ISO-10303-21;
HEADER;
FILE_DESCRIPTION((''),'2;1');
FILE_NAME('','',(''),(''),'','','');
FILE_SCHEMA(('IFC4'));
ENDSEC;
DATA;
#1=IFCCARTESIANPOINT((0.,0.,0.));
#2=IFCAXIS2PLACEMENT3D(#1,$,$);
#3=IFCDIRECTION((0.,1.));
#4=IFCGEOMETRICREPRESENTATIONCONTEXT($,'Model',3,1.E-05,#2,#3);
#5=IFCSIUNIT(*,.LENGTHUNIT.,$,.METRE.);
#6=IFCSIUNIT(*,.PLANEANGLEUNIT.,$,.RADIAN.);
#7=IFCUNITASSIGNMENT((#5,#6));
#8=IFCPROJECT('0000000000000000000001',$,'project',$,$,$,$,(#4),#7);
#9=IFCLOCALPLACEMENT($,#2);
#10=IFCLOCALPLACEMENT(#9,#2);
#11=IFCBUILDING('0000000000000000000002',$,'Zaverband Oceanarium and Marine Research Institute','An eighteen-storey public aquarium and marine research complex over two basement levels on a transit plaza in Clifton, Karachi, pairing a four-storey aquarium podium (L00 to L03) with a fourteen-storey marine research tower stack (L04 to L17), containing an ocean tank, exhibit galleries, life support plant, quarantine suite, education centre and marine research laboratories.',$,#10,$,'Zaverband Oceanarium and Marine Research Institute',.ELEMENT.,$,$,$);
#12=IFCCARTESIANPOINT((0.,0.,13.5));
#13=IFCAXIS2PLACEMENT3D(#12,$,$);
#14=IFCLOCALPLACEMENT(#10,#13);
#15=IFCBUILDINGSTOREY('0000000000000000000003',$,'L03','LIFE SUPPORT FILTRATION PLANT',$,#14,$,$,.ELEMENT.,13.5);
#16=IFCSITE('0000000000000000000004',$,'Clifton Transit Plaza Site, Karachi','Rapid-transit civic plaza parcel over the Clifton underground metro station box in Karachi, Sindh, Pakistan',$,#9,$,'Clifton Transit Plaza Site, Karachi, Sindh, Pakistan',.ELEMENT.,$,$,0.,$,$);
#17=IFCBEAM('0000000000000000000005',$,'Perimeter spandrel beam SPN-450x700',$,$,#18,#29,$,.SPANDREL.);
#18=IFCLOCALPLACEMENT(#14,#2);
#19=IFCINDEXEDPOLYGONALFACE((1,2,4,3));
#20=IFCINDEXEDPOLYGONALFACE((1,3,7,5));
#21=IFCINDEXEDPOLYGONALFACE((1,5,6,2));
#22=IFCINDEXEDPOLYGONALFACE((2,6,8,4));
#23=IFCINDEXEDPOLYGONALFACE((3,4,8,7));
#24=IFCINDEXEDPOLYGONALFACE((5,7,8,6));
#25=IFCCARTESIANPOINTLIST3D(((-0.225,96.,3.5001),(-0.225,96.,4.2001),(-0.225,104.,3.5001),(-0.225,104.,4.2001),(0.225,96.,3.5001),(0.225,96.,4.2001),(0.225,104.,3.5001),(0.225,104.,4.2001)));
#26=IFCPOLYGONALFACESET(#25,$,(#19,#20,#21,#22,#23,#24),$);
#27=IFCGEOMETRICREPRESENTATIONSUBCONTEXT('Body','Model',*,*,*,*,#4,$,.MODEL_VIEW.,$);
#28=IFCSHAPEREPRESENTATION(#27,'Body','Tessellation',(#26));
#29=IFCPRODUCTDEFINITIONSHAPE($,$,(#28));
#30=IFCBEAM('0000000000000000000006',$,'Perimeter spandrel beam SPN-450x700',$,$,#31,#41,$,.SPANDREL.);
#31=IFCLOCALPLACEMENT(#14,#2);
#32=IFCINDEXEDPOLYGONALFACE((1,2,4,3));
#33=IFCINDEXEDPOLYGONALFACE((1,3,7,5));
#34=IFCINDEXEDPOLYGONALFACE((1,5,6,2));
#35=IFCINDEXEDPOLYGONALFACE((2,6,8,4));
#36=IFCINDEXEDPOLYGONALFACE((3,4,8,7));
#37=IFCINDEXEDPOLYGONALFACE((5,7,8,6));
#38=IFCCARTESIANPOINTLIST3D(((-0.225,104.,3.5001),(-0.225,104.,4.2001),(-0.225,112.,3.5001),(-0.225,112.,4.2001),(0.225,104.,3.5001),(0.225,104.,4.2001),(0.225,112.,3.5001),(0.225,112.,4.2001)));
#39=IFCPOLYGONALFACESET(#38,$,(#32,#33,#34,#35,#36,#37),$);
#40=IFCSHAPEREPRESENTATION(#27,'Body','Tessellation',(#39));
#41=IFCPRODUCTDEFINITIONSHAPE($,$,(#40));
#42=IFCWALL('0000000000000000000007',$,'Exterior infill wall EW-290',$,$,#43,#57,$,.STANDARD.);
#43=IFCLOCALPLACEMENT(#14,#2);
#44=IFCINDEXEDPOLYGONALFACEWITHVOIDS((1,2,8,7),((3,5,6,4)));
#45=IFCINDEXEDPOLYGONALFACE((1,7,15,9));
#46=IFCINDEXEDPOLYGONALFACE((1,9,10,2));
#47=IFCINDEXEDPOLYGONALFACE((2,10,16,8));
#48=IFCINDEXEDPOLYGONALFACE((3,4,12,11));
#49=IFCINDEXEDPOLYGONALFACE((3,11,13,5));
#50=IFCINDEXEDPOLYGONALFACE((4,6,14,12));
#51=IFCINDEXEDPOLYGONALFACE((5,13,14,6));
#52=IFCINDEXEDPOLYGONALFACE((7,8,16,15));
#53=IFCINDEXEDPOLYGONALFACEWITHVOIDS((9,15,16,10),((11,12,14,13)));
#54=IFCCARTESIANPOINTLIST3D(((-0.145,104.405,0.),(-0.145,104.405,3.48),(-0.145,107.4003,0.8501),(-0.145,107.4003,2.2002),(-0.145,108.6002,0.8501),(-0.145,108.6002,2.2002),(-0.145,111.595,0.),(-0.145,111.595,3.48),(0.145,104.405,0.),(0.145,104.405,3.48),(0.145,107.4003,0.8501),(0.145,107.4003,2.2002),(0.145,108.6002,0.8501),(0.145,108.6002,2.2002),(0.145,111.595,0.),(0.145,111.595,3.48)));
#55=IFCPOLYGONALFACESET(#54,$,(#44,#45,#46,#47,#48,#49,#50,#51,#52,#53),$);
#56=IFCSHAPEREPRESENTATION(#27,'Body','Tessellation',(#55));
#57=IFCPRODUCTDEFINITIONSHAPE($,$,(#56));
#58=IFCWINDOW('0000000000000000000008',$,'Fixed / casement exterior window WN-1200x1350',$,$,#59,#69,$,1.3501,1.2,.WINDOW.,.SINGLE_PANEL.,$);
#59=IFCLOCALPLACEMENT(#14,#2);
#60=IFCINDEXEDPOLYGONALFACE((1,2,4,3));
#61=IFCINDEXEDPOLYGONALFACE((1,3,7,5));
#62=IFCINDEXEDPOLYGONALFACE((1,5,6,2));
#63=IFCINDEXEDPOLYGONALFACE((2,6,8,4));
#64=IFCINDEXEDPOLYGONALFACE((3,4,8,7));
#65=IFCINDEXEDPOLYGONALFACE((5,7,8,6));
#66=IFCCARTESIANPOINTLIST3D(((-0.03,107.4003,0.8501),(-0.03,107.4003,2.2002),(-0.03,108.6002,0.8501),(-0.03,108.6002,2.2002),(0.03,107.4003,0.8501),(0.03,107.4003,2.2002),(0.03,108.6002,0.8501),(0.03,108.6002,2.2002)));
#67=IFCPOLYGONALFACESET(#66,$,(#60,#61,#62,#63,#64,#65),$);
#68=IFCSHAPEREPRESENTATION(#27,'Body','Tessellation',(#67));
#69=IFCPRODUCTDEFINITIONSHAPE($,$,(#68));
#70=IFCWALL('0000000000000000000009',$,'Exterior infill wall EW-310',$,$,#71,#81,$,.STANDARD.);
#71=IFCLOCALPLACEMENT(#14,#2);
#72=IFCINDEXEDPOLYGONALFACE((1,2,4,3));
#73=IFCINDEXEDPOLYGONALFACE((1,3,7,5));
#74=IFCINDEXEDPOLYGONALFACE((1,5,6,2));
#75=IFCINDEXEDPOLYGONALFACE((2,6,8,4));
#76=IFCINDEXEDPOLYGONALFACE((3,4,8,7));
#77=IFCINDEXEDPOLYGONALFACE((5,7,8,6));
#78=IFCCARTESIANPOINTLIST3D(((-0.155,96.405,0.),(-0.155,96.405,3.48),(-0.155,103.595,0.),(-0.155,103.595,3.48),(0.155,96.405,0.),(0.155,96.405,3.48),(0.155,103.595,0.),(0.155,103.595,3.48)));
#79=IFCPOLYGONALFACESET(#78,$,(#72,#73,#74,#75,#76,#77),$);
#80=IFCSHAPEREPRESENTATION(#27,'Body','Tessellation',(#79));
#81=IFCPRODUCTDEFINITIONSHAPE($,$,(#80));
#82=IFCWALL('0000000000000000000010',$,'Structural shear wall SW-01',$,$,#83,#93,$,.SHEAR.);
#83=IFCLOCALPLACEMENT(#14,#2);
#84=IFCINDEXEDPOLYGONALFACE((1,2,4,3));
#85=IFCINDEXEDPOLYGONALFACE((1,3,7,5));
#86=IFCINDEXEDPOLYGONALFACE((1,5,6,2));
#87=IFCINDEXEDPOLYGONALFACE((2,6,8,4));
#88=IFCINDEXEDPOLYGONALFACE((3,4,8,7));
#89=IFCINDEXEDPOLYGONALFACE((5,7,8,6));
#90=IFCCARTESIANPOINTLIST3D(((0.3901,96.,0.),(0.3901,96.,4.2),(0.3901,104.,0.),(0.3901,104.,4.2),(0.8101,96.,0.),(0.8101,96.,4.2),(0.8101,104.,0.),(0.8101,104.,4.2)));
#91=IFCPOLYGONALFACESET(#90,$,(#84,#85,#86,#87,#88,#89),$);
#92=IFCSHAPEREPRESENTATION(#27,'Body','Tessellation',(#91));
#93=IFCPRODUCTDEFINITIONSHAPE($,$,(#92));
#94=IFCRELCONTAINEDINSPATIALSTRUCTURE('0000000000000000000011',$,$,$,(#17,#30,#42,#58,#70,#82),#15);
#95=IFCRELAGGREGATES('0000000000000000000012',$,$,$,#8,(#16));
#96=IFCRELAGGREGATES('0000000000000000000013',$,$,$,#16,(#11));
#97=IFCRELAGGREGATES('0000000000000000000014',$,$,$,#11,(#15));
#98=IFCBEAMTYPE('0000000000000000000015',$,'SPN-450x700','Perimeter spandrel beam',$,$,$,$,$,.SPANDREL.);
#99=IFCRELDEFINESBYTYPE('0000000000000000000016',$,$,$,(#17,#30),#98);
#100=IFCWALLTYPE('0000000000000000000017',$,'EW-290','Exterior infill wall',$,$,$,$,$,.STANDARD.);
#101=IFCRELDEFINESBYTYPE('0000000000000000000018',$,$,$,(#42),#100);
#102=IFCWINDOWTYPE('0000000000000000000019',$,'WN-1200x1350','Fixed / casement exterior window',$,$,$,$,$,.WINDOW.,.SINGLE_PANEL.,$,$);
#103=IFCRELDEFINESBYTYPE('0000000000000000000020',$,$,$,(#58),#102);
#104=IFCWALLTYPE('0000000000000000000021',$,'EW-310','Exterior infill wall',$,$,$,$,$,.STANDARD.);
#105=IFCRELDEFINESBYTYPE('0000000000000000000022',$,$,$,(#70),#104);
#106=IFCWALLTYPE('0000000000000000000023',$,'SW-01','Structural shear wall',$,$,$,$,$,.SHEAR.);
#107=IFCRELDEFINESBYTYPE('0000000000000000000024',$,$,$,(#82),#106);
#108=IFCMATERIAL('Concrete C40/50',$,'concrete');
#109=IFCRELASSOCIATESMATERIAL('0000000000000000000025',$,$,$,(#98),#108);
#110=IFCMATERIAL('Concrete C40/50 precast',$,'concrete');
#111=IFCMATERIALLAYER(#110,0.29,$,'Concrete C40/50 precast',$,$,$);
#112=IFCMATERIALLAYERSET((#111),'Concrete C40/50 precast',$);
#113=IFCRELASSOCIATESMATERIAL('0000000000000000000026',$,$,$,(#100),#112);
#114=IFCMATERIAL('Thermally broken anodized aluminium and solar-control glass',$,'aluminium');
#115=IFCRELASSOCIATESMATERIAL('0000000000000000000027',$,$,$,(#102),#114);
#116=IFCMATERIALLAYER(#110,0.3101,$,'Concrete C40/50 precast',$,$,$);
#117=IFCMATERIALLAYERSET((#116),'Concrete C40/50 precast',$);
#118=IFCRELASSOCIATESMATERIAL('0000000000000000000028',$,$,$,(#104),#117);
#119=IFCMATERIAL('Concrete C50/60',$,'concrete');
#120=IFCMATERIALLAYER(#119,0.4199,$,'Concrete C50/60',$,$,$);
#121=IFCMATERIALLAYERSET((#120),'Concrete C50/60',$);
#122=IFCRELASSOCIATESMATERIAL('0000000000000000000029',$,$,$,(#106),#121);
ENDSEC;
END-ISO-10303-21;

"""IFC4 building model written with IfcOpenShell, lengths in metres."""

from ifc_helpers import new_model, si_unit, direction, frame, frame_2d, origin, origin_2d, place, context, subcontext, project, spatial, rectangle, extrude, material, layer, layer_set, material_profile, profile_set, type_object, element, fill, save


model = new_model("IFC4")

# Units and contexts
model_context = context("Model", 3, precision=1e-05, world=origin(), true_north=direction((0.0, 1.0)))
body_context = subcontext(model_context, "Body", "Model", "MODEL_VIEW")
ifc_project = project(units=[si_unit("LENGTHUNIT", "METRE"), si_unit("PLANEANGLEUNIT", "RADIAN")], contexts=[model_context])

# Site, building, storey
site_placement = place(None, origin())
site = spatial("IfcSite", under=ifc_project, at=site_placement, Name="Clifton Transit Plaza Site, Karachi", Description="Rapid-transit civic plaza parcel over the Clifton underground metro station box in Karachi, Sindh, Pakistan", LongName="Clifton Transit Plaza Site, Karachi, Sindh, Pakistan", CompositionType="ELEMENT", RefElevation=0.0)
building_placement = place(site_placement, origin())
building = spatial("IfcBuilding", under=site, at=building_placement, Name="Zaverband Oceanarium and Marine Research Institute", Description="An eighteen-storey public aquarium and marine research complex over two basement levels on a transit plaza in Clifton, Karachi, pairing a four-storey aquarium podium (L00 to L03) with a fourteen-storey marine research tower stack (L04 to L17), containing an ocean tank, exhibit galleries, life support plant, quarantine suite, education centre and marine research laboratories.", LongName="Zaverband Oceanarium and Marine Research Institute", CompositionType="ELEMENT")
storey_placement = place(building_placement, frame((0.0, 0.0, 13.5)))
storey = spatial("IfcBuildingStorey", under=building, at=storey_placement, Name="L03", Description="LIFE SUPPORT FILTRATION PLANT", CompositionType="ELEMENT", Elevation=13.5)

# Shared definitions
ifc_material_1 = material(Name="Concrete C50/60", Category="concrete")

# Beams
ifc_material_2 = material(Name="Concrete C40/50", Category="concrete")
ifc_material_profile_1 = material_profile(ifc_material_2, rectangle(XDim=0.45, YDim=0.7, at=origin_2d()), Name="RC450x700")
ifc_profile_set_1 = profile_set([ifc_material_profile_1], Name="Concrete C40/50")
beam_type_1 = type_object("IfcBeamType", Name="SPN-450x700", Description="Perimeter spandrel beam", PredefinedType="SPANDREL", material=ifc_profile_set_1)
for number, where, z_axis, x_axis, name in (
    (1, (0.0, 96.0, 3.8501), (0.0, 1.0, 0.0), (-1.0, 0.0, 0.0), "Perimeter spandrel beam SPN-450x700"),
    (2, (0.0, 104.0, 3.8501), (0.0, 1.0, 0.0), (-1.0, 0.0, 0.0), "Perimeter spandrel beam SPN-450x700"),
):
    element("IfcBeam", number, at=place(storey_placement, frame(where, z_axis=z_axis, x_axis=x_axis)), inside=storey, type_object=beam_type_1, Name=name, PredefinedType="SPANDREL", context=body_context, shape_type="SweptSolid", body=[
        extrude(rectangle(XDim=0.45, YDim=0.7, at=origin_2d()), origin(), (0.0, 0.0, 1.0), 8.0),
    ])

# Wall, opening, window
ifc_material_3 = material(Name="Concrete C40/50 precast", Category="concrete")
ifc_layer_1 = layer(ifc_material_3, 0.29, Name="Concrete C40/50 precast")
ifc_layer_set_1 = layer_set([ifc_layer_1], Name="Concrete C40/50 precast")
wall_type_1 = type_object("IfcWallType", Name="EW-290", Description="Exterior infill wall", PredefinedType="STANDARD", material=ifc_layer_set_1)
wall_1_placement = place(storey_placement, frame((0.0, 104.405, 0.0), z_axis=(0.0, 0.0, 1.0), x_axis=(0.0, 1.0, 0.0)))
wall_1 = element("IfcWall", 3, at=wall_1_placement, inside=storey, type_object=wall_type_1, Name="Exterior infill wall EW-290", PredefinedType="STANDARD", context=body_context, shape_type="SweptSolid", body=[
    extrude(rectangle(XDim=7.1899, YDim=0.29, at=frame_2d((3.595, 0.0))), origin(), (0.0, 0.0, 1.0), 3.48),
])
opening_placement = place(wall_1_placement, frame((2.9951, 0.0, 0.8501)))
opening = element("IfcOpeningElement", 4, at=opening_placement, cuts=wall_1, PredefinedType="OPENING", context=body_context, shape_type="SweptSolid", body=[
    extrude(rectangle(XDim=1.2, YDim=1.3501, at=frame_2d((0.6001, 0.675))), frame((0.0, 0.157, 0.0), z_axis=(0.0, -1.0, 0.0), x_axis=(1.0, 0.0, 0.0)), (0.0, 0.0, 1.0), 0.314),
])
ifc_material_4 = material(Name="Thermally broken anodized aluminium and solar-control glass", Category="aluminium")
window_type = type_object("IfcWindowType", Name="WN-1200x1350", Description="Fixed / casement exterior window", PartitioningType="SINGLE_PANEL", PredefinedType="WINDOW", material=ifc_material_4)
window_placement = place(opening_placement, origin())
window = element("IfcWindow", 5, at=window_placement, inside=storey, type_object=window_type, Name="Fixed / casement exterior window WN-1200x1350", OverallHeight=1.3501, OverallWidth=1.2, PartitioningType="SINGLE_PANEL", PredefinedType="WINDOW", context=body_context, shape_type="SweptSolid", body=[
    extrude(rectangle(XDim=1.2, YDim=1.3501, at=frame_2d((0.6001, 0.675))), frame((0.0, 0.03, 0.0), z_axis=(0.0, -1.0, 0.0), x_axis=(1.0, 0.0, 0.0)), (0.0, 0.0, 1.0), 0.0601),
])
fill(opening, window)

# Walls
ifc_layer_2 = layer(ifc_material_3, 0.3101, Name="Concrete C40/50 precast")
ifc_layer_set_2 = layer_set([ifc_layer_2], Name="Concrete C40/50 precast")
wall_type_2 = type_object("IfcWallType", Name="EW-310", Description="Exterior infill wall", PredefinedType="STANDARD", material=ifc_layer_set_2)
wall_2_placement = place(storey_placement, frame((0.0, 96.405, 0.0), z_axis=(0.0, 0.0, 1.0), x_axis=(0.0, 1.0, 0.0)))
element("IfcWall", 6, at=wall_2_placement, inside=storey, type_object=wall_type_2, Name="Exterior infill wall EW-310", PredefinedType="STANDARD", context=body_context, shape_type="SweptSolid", body=[
    extrude(rectangle(XDim=7.1899, YDim=0.3101, at=frame_2d((3.595, 0.0))), origin(), (0.0, 0.0, 1.0), 3.48),
])
ifc_layer_3 = layer(ifc_material_1, 0.4199, Name="Concrete C50/60")
ifc_layer_set_3 = layer_set([ifc_layer_3], Name="Concrete C50/60")
wall_type_3 = type_object("IfcWallType", Name="SW-01", Description="Structural shear wall", PredefinedType="SHEAR", material=ifc_layer_set_3)
wall_3_placement = place(storey_placement, frame((0.6001, 96.0, 0.0), z_axis=(0.0, 0.0, 1.0), x_axis=(0.0, 1.0, 0.0)))
element("IfcWall", 7, at=wall_3_placement, inside=storey, type_object=wall_type_3, Name="Structural shear wall SW-01", PredefinedType="SHEAR", context=body_context, shape_type="SweptSolid", body=[
    extrude(rectangle(XDim=8.0, YDim=0.4199, at=frame_2d((4.0, 0.0))), origin(), (0.0, 0.0, 1.0), 4.2),
])

save(model, "model.ifc")
